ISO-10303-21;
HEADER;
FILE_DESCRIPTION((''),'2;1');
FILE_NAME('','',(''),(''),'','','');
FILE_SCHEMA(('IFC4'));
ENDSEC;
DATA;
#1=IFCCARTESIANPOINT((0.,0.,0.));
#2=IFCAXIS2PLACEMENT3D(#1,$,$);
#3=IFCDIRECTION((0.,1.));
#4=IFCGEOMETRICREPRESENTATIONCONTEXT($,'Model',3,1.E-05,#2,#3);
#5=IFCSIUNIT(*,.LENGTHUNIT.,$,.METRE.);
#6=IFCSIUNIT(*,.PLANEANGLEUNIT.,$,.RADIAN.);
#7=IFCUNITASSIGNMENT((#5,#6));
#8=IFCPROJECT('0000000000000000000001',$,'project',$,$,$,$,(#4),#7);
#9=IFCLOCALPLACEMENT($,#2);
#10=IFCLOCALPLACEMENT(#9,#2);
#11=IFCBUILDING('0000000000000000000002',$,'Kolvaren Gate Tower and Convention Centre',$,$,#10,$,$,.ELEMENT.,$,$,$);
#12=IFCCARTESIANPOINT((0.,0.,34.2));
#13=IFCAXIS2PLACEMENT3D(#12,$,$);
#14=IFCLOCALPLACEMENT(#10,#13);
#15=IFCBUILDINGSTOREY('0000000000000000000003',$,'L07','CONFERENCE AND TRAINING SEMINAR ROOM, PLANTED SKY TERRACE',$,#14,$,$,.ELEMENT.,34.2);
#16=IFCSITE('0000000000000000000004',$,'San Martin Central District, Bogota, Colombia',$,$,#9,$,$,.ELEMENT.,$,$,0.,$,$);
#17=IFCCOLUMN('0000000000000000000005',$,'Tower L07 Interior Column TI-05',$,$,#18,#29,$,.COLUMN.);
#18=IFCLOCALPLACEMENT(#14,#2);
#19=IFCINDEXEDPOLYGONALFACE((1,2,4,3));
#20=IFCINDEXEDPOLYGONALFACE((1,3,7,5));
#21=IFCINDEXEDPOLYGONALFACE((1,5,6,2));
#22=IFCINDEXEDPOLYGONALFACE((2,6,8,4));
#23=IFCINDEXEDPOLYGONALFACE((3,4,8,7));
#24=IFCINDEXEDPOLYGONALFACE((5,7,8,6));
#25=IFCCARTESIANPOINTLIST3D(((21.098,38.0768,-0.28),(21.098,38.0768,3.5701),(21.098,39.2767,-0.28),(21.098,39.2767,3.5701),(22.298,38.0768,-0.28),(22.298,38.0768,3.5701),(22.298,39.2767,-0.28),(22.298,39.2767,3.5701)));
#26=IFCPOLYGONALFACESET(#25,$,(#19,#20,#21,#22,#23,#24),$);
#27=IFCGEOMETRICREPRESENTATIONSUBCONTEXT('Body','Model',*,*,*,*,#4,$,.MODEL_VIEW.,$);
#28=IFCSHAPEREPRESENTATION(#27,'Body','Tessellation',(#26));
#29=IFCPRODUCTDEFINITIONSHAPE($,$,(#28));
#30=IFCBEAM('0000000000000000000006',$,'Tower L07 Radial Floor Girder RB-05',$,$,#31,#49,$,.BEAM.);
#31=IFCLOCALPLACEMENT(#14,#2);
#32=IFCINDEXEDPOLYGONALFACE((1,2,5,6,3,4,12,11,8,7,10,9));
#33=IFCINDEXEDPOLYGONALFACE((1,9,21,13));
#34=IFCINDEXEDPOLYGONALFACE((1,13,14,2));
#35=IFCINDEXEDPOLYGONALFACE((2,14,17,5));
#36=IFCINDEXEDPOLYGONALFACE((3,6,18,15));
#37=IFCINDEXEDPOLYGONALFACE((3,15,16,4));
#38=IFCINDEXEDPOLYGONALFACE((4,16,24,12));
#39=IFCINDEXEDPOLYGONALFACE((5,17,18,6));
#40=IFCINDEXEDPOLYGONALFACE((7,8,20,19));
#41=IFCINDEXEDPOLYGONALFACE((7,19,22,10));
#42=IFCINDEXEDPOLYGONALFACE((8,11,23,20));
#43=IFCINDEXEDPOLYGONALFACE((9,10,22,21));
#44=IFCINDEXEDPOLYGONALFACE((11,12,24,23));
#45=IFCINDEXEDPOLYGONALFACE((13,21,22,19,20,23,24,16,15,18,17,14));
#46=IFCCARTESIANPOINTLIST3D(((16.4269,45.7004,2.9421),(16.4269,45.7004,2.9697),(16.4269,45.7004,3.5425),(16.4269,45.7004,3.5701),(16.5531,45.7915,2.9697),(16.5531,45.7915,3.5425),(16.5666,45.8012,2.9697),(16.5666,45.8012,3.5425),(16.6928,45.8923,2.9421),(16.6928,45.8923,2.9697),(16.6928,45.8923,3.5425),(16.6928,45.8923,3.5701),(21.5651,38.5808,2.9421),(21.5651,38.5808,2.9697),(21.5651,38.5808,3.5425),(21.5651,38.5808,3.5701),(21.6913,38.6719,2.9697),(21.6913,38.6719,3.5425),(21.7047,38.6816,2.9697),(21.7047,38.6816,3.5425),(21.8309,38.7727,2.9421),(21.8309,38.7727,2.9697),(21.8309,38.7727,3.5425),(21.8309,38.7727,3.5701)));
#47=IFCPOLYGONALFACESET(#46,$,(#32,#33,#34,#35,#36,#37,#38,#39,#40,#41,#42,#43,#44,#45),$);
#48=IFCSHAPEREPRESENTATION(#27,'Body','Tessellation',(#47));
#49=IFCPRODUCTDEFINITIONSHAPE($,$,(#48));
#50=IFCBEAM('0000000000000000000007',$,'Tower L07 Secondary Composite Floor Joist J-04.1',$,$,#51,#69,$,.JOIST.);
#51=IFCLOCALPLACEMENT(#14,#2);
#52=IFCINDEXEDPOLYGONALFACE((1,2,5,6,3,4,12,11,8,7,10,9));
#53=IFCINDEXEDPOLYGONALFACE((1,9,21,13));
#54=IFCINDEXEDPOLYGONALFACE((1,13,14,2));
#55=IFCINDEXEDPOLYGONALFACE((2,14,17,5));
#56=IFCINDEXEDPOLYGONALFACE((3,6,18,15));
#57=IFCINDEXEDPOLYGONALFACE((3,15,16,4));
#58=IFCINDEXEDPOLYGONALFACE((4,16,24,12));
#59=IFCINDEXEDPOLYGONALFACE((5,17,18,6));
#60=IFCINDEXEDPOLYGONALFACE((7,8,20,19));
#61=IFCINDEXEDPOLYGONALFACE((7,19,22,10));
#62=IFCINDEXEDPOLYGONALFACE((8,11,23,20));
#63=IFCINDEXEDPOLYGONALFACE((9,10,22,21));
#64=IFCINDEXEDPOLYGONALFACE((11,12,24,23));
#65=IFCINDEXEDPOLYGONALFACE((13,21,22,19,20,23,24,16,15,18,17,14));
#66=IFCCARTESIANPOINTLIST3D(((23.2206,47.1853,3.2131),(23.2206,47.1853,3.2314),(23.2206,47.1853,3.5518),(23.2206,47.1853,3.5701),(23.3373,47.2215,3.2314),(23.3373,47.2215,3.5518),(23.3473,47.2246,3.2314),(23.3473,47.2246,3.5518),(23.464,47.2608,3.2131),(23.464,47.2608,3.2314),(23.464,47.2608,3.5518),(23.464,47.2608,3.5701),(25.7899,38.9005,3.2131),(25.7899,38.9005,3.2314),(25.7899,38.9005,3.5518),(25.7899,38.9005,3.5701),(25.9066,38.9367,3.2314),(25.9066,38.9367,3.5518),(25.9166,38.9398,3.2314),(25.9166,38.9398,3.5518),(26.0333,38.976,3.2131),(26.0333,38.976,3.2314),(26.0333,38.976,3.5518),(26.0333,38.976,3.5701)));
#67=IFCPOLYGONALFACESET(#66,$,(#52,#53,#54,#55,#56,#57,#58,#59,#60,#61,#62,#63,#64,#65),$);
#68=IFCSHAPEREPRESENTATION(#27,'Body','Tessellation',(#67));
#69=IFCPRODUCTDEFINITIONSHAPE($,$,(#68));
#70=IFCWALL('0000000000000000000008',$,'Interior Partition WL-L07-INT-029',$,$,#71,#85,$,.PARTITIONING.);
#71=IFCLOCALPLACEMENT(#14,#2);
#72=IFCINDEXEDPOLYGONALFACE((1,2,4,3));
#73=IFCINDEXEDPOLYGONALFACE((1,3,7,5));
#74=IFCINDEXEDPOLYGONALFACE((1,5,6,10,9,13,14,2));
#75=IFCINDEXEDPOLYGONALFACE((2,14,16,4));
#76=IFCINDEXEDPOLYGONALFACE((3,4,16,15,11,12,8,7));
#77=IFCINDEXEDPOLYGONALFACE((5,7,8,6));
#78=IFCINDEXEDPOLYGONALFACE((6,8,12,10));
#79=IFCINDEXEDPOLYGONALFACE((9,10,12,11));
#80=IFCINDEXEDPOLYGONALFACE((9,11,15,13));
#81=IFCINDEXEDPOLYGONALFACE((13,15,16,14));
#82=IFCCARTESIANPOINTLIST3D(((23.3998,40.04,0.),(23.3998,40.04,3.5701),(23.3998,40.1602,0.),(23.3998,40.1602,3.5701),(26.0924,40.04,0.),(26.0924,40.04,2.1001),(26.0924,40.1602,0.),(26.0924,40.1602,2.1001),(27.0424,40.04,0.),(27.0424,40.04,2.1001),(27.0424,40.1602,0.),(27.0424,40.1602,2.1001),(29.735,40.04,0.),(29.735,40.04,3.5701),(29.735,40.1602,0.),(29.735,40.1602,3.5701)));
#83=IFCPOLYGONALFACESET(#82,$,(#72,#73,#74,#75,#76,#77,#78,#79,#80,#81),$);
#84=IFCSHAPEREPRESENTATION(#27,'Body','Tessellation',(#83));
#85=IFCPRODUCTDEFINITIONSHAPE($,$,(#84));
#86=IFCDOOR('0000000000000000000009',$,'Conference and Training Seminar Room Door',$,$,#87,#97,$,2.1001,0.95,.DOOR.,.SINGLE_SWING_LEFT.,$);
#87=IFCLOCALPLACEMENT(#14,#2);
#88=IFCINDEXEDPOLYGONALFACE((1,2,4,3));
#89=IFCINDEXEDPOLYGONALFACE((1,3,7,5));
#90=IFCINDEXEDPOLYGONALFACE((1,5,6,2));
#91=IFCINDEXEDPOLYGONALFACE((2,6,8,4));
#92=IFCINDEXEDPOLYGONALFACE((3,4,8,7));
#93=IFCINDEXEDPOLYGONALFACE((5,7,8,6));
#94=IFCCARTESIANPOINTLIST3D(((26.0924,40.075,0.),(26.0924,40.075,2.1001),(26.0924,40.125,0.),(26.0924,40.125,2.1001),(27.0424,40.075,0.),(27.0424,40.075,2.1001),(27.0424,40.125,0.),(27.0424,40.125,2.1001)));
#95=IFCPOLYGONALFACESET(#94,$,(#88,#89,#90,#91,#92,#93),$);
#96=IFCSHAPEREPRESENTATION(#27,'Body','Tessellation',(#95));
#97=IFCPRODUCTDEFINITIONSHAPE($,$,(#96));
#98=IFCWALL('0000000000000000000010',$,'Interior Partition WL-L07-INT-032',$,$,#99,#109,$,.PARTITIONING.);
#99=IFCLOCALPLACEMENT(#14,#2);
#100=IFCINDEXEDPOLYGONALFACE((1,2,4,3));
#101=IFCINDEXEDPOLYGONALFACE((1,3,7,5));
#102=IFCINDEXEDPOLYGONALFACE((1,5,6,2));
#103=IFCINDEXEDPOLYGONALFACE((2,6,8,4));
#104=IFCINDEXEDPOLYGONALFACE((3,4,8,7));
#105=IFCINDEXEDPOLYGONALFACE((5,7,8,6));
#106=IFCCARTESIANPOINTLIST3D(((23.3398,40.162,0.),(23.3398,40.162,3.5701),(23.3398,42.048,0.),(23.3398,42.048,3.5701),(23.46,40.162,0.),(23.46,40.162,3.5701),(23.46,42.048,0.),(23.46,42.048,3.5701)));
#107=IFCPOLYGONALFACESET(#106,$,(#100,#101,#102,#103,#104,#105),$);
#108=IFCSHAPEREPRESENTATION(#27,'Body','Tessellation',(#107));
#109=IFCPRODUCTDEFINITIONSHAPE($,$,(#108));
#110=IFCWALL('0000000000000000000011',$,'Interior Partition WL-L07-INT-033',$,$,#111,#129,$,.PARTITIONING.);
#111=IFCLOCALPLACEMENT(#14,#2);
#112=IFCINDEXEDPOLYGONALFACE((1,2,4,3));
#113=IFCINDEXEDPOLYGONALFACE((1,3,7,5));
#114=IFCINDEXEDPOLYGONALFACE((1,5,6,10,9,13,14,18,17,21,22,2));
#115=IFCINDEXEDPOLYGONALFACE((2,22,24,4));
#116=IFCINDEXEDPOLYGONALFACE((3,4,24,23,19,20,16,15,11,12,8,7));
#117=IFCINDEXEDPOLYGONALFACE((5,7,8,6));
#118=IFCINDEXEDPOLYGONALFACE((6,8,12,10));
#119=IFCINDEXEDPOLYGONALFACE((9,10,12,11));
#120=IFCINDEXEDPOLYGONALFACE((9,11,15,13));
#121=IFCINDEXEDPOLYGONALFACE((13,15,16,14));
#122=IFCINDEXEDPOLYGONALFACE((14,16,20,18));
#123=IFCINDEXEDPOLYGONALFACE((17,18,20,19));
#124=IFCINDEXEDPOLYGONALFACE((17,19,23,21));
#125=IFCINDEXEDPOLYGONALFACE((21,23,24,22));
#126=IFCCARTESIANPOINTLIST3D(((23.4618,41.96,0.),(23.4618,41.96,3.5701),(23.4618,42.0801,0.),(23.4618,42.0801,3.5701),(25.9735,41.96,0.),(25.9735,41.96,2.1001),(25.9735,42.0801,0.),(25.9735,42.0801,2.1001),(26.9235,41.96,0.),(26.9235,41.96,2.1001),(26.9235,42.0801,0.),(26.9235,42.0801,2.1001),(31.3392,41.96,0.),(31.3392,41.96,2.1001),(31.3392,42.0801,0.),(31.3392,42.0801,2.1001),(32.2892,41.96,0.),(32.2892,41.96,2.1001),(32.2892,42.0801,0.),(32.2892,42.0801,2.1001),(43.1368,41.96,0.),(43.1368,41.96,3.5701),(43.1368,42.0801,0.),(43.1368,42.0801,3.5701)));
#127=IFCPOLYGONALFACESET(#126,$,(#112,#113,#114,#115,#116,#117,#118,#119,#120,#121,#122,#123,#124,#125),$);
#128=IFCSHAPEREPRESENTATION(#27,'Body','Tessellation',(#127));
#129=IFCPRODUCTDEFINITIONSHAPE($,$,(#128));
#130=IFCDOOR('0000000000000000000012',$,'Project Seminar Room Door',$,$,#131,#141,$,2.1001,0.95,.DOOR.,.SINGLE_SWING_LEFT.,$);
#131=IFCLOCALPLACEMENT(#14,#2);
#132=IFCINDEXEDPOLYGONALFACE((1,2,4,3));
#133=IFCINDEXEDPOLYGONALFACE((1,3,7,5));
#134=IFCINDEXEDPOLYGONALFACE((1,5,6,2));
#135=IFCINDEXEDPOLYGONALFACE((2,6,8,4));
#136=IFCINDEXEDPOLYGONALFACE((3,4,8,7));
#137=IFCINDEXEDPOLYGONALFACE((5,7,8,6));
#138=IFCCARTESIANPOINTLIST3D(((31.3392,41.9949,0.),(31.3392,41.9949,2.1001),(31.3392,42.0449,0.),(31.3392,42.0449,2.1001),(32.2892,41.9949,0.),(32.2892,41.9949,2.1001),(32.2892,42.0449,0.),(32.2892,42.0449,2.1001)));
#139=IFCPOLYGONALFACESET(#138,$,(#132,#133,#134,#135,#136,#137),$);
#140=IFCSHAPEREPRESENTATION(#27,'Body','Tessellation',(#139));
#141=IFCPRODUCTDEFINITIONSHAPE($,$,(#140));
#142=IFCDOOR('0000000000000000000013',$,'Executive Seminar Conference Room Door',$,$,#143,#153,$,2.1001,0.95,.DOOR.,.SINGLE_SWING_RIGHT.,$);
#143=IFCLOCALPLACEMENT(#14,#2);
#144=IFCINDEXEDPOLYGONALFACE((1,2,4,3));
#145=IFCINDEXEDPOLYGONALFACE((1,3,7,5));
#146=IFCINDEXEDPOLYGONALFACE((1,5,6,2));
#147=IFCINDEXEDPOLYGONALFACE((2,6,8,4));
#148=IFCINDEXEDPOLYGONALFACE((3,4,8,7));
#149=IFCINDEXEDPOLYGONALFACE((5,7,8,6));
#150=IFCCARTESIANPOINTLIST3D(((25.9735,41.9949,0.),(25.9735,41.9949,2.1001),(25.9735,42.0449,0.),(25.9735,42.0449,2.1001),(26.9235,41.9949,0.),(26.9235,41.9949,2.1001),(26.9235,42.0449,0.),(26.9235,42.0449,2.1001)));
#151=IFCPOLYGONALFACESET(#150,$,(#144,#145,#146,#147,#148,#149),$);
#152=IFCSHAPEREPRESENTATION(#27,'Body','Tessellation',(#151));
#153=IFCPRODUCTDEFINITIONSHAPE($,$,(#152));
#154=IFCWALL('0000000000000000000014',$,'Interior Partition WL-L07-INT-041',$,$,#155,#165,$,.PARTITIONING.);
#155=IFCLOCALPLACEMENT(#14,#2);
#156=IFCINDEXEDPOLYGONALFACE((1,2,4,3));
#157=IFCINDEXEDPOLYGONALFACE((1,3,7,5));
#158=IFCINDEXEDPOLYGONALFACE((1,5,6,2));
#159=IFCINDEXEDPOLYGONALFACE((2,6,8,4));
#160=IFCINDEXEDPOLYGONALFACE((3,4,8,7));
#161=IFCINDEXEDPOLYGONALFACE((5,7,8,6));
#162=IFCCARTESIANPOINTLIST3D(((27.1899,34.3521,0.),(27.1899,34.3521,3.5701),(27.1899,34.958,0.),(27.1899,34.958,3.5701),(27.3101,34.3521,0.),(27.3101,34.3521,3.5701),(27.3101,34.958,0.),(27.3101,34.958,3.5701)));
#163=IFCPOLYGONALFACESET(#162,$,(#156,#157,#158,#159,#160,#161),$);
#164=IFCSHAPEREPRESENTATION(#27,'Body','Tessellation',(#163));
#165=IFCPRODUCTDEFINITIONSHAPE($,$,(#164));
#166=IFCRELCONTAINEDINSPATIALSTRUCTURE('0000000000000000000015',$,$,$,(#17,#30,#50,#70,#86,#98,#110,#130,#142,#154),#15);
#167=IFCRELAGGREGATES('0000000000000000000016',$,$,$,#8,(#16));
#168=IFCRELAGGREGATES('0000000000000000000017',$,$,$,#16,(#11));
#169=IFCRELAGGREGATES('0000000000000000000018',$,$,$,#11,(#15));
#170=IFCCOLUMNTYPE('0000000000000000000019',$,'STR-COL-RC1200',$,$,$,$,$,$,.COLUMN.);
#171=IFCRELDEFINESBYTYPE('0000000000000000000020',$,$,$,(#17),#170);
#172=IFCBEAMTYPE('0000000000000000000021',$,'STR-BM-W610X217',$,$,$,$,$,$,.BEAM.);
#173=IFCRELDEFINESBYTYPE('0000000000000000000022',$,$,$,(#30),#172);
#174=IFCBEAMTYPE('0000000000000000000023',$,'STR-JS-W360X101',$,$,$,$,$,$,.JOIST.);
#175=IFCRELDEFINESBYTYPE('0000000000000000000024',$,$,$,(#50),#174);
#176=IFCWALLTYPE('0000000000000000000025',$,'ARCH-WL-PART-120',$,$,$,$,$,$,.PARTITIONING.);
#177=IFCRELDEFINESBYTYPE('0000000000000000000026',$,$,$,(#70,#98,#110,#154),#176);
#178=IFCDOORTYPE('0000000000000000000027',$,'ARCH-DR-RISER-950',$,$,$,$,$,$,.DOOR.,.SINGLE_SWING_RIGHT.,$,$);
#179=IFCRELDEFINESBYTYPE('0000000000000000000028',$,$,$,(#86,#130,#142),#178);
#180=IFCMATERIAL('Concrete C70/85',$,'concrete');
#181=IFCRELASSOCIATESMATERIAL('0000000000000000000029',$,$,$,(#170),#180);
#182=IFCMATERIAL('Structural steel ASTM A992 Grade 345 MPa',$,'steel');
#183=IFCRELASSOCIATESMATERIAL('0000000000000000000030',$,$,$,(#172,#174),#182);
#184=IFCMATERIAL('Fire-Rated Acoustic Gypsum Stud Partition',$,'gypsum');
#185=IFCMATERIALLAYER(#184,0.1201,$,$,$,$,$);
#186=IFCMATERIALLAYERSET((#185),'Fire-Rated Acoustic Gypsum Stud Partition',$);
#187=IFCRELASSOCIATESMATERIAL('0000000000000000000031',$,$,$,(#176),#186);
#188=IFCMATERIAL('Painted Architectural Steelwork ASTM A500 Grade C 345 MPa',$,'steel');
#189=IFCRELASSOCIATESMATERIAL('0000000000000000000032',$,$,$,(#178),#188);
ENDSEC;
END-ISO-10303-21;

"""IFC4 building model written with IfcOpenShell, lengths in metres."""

from ifc_helpers import new_model, si_unit, direction, frame, frame_2d, origin, origin_2d, place, context, subcontext, project, spatial, rectangle, i_section, extrude, material, layer, layer_set, material_profile, profile_set, type_object, element, fill, save


model = new_model("IFC4")

# Units and contexts
model_context = context("Model", 3, precision=1e-05, world=origin(), true_north=direction((0.0, 1.0)))
body_context = subcontext(model_context, "Body", "Model", "MODEL_VIEW")
ifc_project = project(units=[si_unit("LENGTHUNIT", "METRE"), si_unit("PLANEANGLEUNIT", "RADIAN")], contexts=[model_context])

# Site, building, storey
site_placement = place(None, origin())
site = spatial("IfcSite", under=ifc_project, at=site_placement, Name="San Martin Central District, Bogota, Colombia", CompositionType="ELEMENT", RefElevation=0.0)
building_placement = place(site_placement, origin())
building = spatial("IfcBuilding", under=site, at=building_placement, Name="Kolvaren Gate Tower and Convention Centre", CompositionType="ELEMENT")
storey_placement = place(building_placement, frame((0.0, 0.0, 34.2)))
storey = spatial("IfcBuildingStorey", under=building, at=storey_placement, Name="L07", Description="CONFERENCE AND TRAINING SEMINAR ROOM, PLANTED SKY TERRACE", CompositionType="ELEMENT", Elevation=34.2)

# Column
ifc_material_1 = material(Name="Concrete C70/85", Category="concrete")
ifc_material_profile_1 = material_profile(ifc_material_1, rectangle(XDim=1.2, YDim=1.2, at=origin_2d()), Name="RC-COL-1200X1200")
ifc_profile_set_1 = profile_set([ifc_material_profile_1], Name="Concrete C70/85")
column_type = type_object("IfcColumnType", Name="STR-COL-RC1200", PredefinedType="COLUMN", material=ifc_profile_set_1)
column_placement = place(storey_placement, frame((21.698, 38.6768, -0.28), z_axis=(0.0, 0.0, 1.0), x_axis=(1.0, 0.0, 0.0)))
element("IfcColumn", 1, at=column_placement, inside=storey, type_object=column_type, Name="Tower L07 Interior Column TI-05", PredefinedType="COLUMN", context=body_context, shape_type="SweptSolid", body=[
    extrude(rectangle(XDim=1.2, YDim=1.2, at=origin_2d()), origin(), (0.0, 0.0, 1.0), 3.8501),
])

# Beams
ifc_material_2 = material(Name="Structural steel ASTM A992 Grade 345 MPa", Category="steel")
ifc_material_profile_2 = material_profile(ifc_material_2, i_section(OverallWidth=0.3279, OverallDepth=0.6279, WebThickness=0.0166, FlangeThickness=0.0276, at=origin_2d()), Name="W610X217")
ifc_profile_set_2 = profile_set([ifc_material_profile_2], Name="Structural steel ASTM A992 Grade 345 MPa")
beam_type_1 = type_object("IfcBeamType", Name="STR-BM-W610X217", PredefinedType="BEAM", material=ifc_profile_set_2)
beam_1_placement = place(storey_placement, frame((21.698, 38.6768, 3.2561), z_axis=(-0.585208, 0.810883, 0.0), x_axis=(-0.810883, -0.585208, 0.0)))
element("IfcBeam", 2, at=beam_1_placement, inside=storey, type_object=beam_type_1, Name="Tower L07 Radial Floor Girder RB-05", PredefinedType="BEAM", context=body_context, shape_type="SweptSolid", body=[
    extrude(i_section(OverallWidth=0.3279, OverallDepth=0.6279, WebThickness=0.0166, FlangeThickness=0.0276, at=origin_2d()), origin(), (0.0, 0.0, 1.0), 8.78),
])
ifc_material_profile_3 = material_profile(ifc_material_2, i_section(OverallWidth=0.2549, OverallDepth=0.3569, WebThickness=0.0105, FlangeThickness=0.0183, at=origin_2d()), Name="W360X101")
ifc_profile_set_3 = profile_set([ifc_material_profile_3], Name="Structural steel ASTM A992 Grade 345 MPa")
beam_type_2 = type_object("IfcBeamType", Name="STR-JS-W360X101", PredefinedType="JOIST", material=ifc_profile_set_3)
beam_2_placement = place(storey_placement, frame((25.9116, 38.9382, 3.3916), z_axis=(-0.296205, 0.955124, 0.0), x_axis=(-0.955124, -0.296205, 0.0)))
element("IfcBeam", 3, at=beam_2_placement, inside=storey, type_object=beam_type_2, Name="Tower L07 Secondary Composite Floor Joist J-04.1", PredefinedType="JOIST", context=body_context, shape_type="SweptSolid", body=[
    extrude(i_section(OverallWidth=0.2549, OverallDepth=0.3569, WebThickness=0.0105, FlangeThickness=0.0183, at=origin_2d()), origin(), (0.0, 0.0, 1.0), 8.6741),
])

# Wall, opening, door
ifc_material_3 = material(Name="Fire-Rated Acoustic Gypsum Stud Partition", Category="gypsum")
ifc_layer_1 = layer(ifc_material_3, 0.1201)
ifc_layer_set_1 = layer_set([ifc_layer_1], Name="Fire-Rated Acoustic Gypsum Stud Partition")
wall_type_1 = type_object("IfcWallType", Name="ARCH-WL-PART-120", PredefinedType="PARTITIONING", material=ifc_layer_set_1)
wall_1_placement = place(storey_placement, frame((23.3999, 40.1001, 0.0), z_axis=(0.0, 0.0, 1.0), x_axis=(1.0, 0.0, 0.0)))
wall_1 = element("IfcWall", 4, at=wall_1_placement, inside=storey, type_object=wall_type_1, Name="Interior Partition WL-L07-INT-029", PredefinedType="PARTITIONING", context=body_context, shape_type="SweptSolid", body=[
    extrude(rectangle(XDim=6.3352, YDim=0.1201, at=frame_2d((3.1675, 0.0))), origin(), (0.0, 0.0, 1.0), 3.5701),
])
opening_1_placement = place(wall_1_placement, frame((2.6924, 0.0, 0.0)))
opening_1 = element("IfcOpeningElement", 5, at=opening_1_placement, cuts=wall_1, PredefinedType="OPENING", context=body_context, shape_type="SweptSolid", body=[
    extrude(rectangle(XDim=0.95, YDim=2.1001, at=frame_2d((0.4751, 1.05))), frame((0.0, 0.0701, 0.0), z_axis=(0.0, -1.0, 0.0), x_axis=(1.0, 0.0, 0.0)), (0.0, 0.0, 1.0), 0.1401),
])
ifc_material_4 = material(Name="Painted Architectural Steelwork ASTM A500 Grade C 345 MPa", Category="steel")
door_type_1 = type_object("IfcDoorType", Name="ARCH-DR-RISER-950", OperationType="SINGLE_SWING_RIGHT", PredefinedType="DOOR", material=ifc_material_4)
door_1_placement = place(opening_1_placement, origin())
door_1 = element("IfcDoor", 6, at=door_1_placement, inside=storey, type_object=door_type_1, Name="Conference and Training Seminar Room Door", OperationType="SINGLE_SWING_LEFT", OverallHeight=2.1001, OverallWidth=0.95, PredefinedType="DOOR", context=body_context, shape_type="SweptSolid", body=[
    extrude(rectangle(XDim=0.95, YDim=2.1001, at=frame_2d((0.4751, 1.05))), frame((0.0, 0.0249, 0.0), z_axis=(0.0, -1.0, 0.0), x_axis=(1.0, 0.0, 0.0)), (0.0, 0.0, 1.0), 0.05),
])
fill(opening_1, door_1)

# Wall
wall_2_placement = place(storey_placement, frame((23.3999, 40.1621, 0.0), z_axis=(0.0, 0.0, 1.0), x_axis=(0.0, 1.0, 0.0)))
element("IfcWall", 7, at=wall_2_placement, inside=storey, type_object=wall_type_1, Name="Interior Partition WL-L07-INT-032", PredefinedType="PARTITIONING", context=body_context, shape_type="SweptSolid", body=[
    extrude(rectangle(XDim=1.886, YDim=0.1201, at=frame_2d((0.9429, 0.0))), origin(), (0.0, 0.0, 1.0), 3.5701),
])

# Wall, openings, doors
wall_3_placement = place(storey_placement, frame((23.4619, 42.02, 0.0), z_axis=(0.0, 0.0, 1.0), x_axis=(1.0, 0.0, 0.0)))
wall_3 = element("IfcWall", 8, at=wall_3_placement, inside=storey, type_object=wall_type_1, Name="Interior Partition WL-L07-INT-033", PredefinedType="PARTITIONING", context=body_context, shape_type="SweptSolid", body=[
    extrude(rectangle(XDim=19.675, YDim=0.1201, at=frame_2d((9.8374, 0.0))), origin(), (0.0, 0.0, 1.0), 3.5701),
])
opening_2_placement = place(wall_3_placement, frame((7.8772, 0.0, 0.0)))
opening_2 = element("IfcOpeningElement", 9, at=opening_2_placement, cuts=wall_3, PredefinedType="OPENING", context=body_context, shape_type="SweptSolid", body=[
    extrude(rectangle(XDim=0.95, YDim=2.1001, at=frame_2d((0.4751, 1.05))), frame((0.0, 0.0701, 0.0), z_axis=(0.0, -1.0, 0.0), x_axis=(1.0, 0.0, 0.0)), (0.0, 0.0, 1.0), 0.1401),
])
opening_3_placement = place(wall_3_placement, frame((2.5115, 0.0, 0.0)))
opening_3 = element("IfcOpeningElement", 10, at=opening_3_placement, cuts=wall_3, PredefinedType="OPENING", context=body_context, shape_type="SweptSolid", body=[
    extrude(rectangle(XDim=0.95, YDim=2.1001, at=frame_2d((0.4751, 1.05))), frame((0.0, 0.0701, 0.0), z_axis=(0.0, -1.0, 0.0), x_axis=(1.0, 0.0, 0.0)), (0.0, 0.0, 1.0), 0.1401),
])
door_2_placement = place(opening_2_placement, origin())
door_2 = element("IfcDoor", 11, at=door_2_placement, inside=storey, type_object=door_type_1, Name="Project Seminar Room Door", OperationType="SINGLE_SWING_LEFT", OverallHeight=2.1001, OverallWidth=0.95, PredefinedType="DOOR", context=body_context, shape_type="SweptSolid", body=[
    extrude(rectangle(XDim=0.95, YDim=2.1001, at=frame_2d((0.4751, 1.05))), frame((0.0, 0.0249, 0.0), z_axis=(0.0, -1.0, 0.0), x_axis=(1.0, 0.0, 0.0)), (0.0, 0.0, 1.0), 0.05),
])
fill(opening_2, door_2)
door_3_placement = place(opening_3_placement, origin())
door_3 = element("IfcDoor", 12, at=door_3_placement, inside=storey, type_object=door_type_1, Name="Executive Seminar Conference Room Door", OperationType="SINGLE_SWING_RIGHT", OverallHeight=2.1001, OverallWidth=0.95, PredefinedType="DOOR", context=body_context, shape_type="SweptSolid", body=[
    extrude(rectangle(XDim=0.95, YDim=2.1001, at=frame_2d((0.4751, 1.05))), frame((0.0, 0.0249, 0.0), z_axis=(0.0, -1.0, 0.0), x_axis=(1.0, 0.0, 0.0)), (0.0, 0.0, 1.0), 0.05),
])
fill(opening_3, door_3)

# Wall
wall_4_placement = place(storey_placement, frame((27.25, 34.3521, 0.0), z_axis=(0.0, 0.0, 1.0), x_axis=(0.0, 1.0, 0.0)))
element("IfcWall", 13, at=wall_4_placement, inside=storey, type_object=wall_type_1, Name="Interior Partition WL-L07-INT-041", PredefinedType="PARTITIONING", context=body_context, shape_type="SweptSolid", body=[
    extrude(rectangle(XDim=0.606, YDim=0.1201, at=frame_2d((0.303, 0.0))), origin(), (0.0, 0.0, 1.0), 3.5701),
])

save(model, "model.ifc")
